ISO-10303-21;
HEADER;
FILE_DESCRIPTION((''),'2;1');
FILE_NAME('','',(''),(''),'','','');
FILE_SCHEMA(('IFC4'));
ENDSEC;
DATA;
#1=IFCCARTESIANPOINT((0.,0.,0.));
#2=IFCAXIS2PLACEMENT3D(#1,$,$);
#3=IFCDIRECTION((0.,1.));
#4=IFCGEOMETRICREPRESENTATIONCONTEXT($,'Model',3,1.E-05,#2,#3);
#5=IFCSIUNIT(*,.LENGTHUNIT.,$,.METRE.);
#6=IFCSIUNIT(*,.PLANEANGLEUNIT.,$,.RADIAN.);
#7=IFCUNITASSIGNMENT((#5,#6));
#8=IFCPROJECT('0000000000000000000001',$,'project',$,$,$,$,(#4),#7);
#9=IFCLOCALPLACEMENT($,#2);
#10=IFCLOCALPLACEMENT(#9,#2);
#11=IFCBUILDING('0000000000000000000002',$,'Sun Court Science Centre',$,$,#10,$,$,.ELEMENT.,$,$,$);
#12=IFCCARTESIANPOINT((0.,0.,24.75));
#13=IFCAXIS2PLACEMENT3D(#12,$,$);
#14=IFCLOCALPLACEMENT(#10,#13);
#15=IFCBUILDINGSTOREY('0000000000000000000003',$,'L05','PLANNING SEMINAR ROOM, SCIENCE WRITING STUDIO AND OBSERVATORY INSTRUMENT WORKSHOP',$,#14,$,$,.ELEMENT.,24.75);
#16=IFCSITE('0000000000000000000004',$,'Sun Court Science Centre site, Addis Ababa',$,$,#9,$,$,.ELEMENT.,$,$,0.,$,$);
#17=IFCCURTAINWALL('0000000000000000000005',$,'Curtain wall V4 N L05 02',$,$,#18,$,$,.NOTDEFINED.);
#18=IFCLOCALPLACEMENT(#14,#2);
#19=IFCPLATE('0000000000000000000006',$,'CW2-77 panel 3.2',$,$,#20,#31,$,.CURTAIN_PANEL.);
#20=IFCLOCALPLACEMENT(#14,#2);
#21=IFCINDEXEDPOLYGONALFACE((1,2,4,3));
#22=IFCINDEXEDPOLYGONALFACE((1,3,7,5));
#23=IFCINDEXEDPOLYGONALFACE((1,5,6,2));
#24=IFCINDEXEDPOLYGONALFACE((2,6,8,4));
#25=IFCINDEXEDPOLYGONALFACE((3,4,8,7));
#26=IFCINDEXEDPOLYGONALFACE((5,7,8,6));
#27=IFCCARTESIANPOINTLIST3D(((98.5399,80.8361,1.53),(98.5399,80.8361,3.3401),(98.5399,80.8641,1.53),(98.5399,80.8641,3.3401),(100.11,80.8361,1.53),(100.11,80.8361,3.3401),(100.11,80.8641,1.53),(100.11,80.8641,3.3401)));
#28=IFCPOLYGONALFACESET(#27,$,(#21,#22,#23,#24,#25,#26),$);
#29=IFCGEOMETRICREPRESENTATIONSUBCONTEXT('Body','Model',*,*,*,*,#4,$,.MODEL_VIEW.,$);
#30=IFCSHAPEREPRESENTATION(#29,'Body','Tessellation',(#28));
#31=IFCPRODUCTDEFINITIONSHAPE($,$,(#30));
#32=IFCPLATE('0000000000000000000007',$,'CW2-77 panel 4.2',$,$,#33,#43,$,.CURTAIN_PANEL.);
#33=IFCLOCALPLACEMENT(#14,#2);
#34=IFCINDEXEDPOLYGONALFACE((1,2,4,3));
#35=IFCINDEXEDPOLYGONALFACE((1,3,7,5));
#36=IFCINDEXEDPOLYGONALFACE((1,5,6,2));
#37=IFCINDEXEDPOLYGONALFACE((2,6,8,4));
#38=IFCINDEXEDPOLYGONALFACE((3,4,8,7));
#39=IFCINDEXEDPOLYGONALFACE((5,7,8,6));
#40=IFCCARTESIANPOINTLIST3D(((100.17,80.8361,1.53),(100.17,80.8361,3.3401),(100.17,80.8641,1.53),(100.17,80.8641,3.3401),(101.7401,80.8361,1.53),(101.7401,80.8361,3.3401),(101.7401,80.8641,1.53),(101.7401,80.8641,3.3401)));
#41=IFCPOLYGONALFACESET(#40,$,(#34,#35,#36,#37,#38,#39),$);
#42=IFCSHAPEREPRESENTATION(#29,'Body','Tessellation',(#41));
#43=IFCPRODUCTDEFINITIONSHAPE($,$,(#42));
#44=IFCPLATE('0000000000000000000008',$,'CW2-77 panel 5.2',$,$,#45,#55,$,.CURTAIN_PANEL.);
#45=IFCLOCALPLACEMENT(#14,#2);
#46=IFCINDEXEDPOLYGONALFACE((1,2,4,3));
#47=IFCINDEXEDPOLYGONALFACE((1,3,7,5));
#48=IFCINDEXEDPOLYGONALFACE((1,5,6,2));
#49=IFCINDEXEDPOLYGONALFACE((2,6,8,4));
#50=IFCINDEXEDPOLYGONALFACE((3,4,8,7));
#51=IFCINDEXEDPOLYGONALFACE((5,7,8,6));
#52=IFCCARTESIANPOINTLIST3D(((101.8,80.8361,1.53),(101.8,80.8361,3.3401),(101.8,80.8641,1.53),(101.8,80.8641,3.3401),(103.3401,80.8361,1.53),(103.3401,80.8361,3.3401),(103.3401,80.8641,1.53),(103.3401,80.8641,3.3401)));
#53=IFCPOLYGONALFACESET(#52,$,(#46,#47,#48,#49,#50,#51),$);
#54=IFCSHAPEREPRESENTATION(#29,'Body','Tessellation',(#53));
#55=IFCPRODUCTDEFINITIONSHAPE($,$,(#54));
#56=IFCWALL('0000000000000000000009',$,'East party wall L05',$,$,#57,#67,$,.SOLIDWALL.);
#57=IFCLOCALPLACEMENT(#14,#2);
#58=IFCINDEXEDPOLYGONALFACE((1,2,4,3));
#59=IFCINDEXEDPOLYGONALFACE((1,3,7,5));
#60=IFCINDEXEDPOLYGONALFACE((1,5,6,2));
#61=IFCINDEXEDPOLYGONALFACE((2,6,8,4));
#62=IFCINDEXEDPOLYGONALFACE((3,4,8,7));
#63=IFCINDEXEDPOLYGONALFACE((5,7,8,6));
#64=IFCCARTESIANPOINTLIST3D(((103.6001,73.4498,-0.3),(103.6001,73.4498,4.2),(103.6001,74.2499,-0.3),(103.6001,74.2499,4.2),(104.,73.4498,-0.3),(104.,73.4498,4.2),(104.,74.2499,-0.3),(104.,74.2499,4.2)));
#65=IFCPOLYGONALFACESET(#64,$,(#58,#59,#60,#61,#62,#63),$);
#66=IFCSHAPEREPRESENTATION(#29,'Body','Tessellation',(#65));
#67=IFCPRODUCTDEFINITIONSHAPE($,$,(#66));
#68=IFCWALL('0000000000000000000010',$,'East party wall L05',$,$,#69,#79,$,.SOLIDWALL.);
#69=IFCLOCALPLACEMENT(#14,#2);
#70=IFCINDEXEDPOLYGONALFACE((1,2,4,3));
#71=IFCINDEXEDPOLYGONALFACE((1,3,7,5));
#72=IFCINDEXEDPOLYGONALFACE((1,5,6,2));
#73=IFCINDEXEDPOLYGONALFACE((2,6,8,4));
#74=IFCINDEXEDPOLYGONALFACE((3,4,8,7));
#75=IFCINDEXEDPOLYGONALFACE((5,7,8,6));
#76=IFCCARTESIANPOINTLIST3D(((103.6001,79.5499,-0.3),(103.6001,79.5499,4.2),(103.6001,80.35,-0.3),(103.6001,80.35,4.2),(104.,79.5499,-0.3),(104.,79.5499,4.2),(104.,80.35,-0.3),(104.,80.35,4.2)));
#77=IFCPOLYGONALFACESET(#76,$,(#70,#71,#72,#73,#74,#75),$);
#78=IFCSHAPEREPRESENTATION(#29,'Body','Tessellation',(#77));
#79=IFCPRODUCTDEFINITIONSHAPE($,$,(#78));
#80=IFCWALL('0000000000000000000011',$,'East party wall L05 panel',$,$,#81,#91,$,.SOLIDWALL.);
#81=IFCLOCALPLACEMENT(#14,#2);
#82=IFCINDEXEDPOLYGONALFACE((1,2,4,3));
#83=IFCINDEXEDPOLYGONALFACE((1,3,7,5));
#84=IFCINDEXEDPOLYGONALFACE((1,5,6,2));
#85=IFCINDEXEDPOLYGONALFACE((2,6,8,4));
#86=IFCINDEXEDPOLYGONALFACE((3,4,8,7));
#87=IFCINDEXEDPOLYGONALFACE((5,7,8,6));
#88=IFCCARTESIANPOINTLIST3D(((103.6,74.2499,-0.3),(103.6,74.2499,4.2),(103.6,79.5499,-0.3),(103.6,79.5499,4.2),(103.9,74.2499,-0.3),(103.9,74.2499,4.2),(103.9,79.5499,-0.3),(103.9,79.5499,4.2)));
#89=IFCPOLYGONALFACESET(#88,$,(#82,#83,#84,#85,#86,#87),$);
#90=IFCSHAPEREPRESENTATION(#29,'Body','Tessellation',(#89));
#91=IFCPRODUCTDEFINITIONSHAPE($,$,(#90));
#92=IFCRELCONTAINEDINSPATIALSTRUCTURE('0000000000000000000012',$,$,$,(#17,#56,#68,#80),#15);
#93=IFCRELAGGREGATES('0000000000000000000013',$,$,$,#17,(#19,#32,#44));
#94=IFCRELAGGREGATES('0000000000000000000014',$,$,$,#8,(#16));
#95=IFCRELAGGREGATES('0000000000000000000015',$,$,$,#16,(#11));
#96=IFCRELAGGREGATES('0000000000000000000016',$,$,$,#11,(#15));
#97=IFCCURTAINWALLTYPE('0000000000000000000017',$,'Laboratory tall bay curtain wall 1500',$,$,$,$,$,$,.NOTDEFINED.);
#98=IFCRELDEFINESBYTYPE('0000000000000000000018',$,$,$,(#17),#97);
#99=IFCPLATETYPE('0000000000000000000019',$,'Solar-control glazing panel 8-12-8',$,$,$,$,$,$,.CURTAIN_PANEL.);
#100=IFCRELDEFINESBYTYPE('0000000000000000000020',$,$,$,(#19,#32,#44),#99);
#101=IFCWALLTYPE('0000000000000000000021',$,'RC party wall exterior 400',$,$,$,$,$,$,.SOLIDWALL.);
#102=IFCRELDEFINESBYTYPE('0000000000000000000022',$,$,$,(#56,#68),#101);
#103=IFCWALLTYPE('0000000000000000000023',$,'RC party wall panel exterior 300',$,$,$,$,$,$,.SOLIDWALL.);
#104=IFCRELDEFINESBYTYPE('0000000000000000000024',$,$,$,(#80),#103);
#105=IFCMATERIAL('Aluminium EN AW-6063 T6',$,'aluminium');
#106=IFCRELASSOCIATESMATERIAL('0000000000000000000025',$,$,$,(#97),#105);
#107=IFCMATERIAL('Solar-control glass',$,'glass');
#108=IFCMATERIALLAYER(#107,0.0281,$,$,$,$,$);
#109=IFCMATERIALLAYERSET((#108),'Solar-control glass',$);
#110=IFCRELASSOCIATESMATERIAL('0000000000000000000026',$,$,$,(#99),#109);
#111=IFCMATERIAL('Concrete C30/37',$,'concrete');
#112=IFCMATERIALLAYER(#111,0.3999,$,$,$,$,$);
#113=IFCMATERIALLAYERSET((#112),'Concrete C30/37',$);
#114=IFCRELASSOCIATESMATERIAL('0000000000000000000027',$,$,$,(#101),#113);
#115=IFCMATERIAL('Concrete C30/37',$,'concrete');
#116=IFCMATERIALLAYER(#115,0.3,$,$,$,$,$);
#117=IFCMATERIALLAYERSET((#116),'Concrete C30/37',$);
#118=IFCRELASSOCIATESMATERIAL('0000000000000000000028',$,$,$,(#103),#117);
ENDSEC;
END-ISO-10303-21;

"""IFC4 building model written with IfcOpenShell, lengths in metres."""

from ifc_helpers import new_model, si_unit, direction, frame, frame_2d, origin, origin_2d, place, context, subcontext, project, spatial, rectangle, extrude, material, layer, layer_set, type_object, element, aggregate, save


model = new_model("IFC4")

# Units and contexts
model_context = context("Model", 3, precision=1e-05, world=origin(), true_north=direction((0.0, 1.0)))
body_context = subcontext(model_context, "Body", "Model", "MODEL_VIEW")
ifc_project = project(units=[si_unit("LENGTHUNIT", "METRE"), si_unit("PLANEANGLEUNIT", "RADIAN")], contexts=[model_context])

# Site, building, storey
site_placement = place(None, origin())
site = spatial("IfcSite", under=ifc_project, at=site_placement, Name="Sun Court Science Centre site, Addis Ababa", CompositionType="ELEMENT", RefElevation=0.0)
building_placement = place(site_placement, origin())
building = spatial("IfcBuilding", under=site, at=building_placement, Name="Sun Court Science Centre", CompositionType="ELEMENT")
storey_placement = place(building_placement, frame((0.0, 0.0, 24.75)))
storey = spatial("IfcBuildingStorey", under=building, at=storey_placement, Name="L05", Description="PLANNING SEMINAR ROOM, SCIENCE WRITING STUDIO AND OBSERVATORY INSTRUMENT WORKSHOP", CompositionType="ELEMENT", Elevation=24.75)

# Curtain wall
ifc_material_1 = material(Name="Aluminium EN AW-6063 T6", Category="aluminium")
curtain_wall_type = type_object("IfcCurtainWallType", Name="Laboratory tall bay curtain wall 1500", PredefinedType="NOTDEFINED", material=ifc_material_1)
curtain_wall_placement = place(storey_placement, origin())
curtain_wall = element("IfcCurtainWall", 1, at=curtain_wall_placement, inside=storey, type_object=curtain_wall_type, Name="Curtain wall V4 N L05 02", PredefinedType="NOTDEFINED")

# Plates
ifc_material_2 = material(Name="Solar-control glass", Category="glass")
ifc_layer_1 = layer(ifc_material_2, 0.0281)
ifc_layer_set_1 = layer_set([ifc_layer_1], Name="Solar-control glass")
plate_type = type_object("IfcPlateType", Name="Solar-control glazing panel 8-12-8", PredefinedType="CURTAIN_PANEL", material=ifc_layer_set_1)
plate_1_placement = place(storey_placement, frame((99.325, 80.8501, 1.53), z_axis=(0.0, 0.0, 1.0), x_axis=(1.0, 0.0, 0.0)))
plate_1 = element("IfcPlate", 2, at=plate_1_placement, type_object=plate_type, Name="CW2-77 panel 3.2", PredefinedType="CURTAIN_PANEL", context=body_context, shape_type="SweptSolid", body=[
    extrude(rectangle(XDim=1.5701, YDim=0.0281, at=origin_2d()), origin(), (0.0, 0.0, 1.0), 1.8101),
])
plate_2_placement = place(storey_placement, frame((100.9551, 80.8501, 1.53), z_axis=(0.0, 0.0, 1.0), x_axis=(1.0, 0.0, 0.0)))
plate_2 = element("IfcPlate", 3, at=plate_2_placement, type_object=plate_type, Name="CW2-77 panel 4.2", PredefinedType="CURTAIN_PANEL", context=body_context, shape_type="SweptSolid", body=[
    extrude(rectangle(XDim=1.5701, YDim=0.0281, at=origin_2d()), origin(), (0.0, 0.0, 1.0), 1.8101),
])
plate_3_placement = place(storey_placement, frame((102.5701, 80.8501, 1.53), z_axis=(0.0, 0.0, 1.0), x_axis=(1.0, 0.0, 0.0)))
plate_3 = element("IfcPlate", 4, at=plate_3_placement, type_object=plate_type, Name="CW2-77 panel 5.2", PredefinedType="CURTAIN_PANEL", context=body_context, shape_type="SweptSolid", body=[
    extrude(rectangle(XDim=1.54, YDim=0.0281, at=origin_2d()), origin(), (0.0, 0.0, 1.0), 1.8101),
])
aggregate(curtain_wall, [plate_1, plate_2, plate_3])

# Walls
ifc_material_3 = material(Name="Concrete C30/37", Category="concrete")
ifc_layer_2 = layer(ifc_material_3, 0.3999)
ifc_layer_set_2 = layer_set([ifc_layer_2], Name="Concrete C30/37")
wall_type_1 = type_object("IfcWallType", Name="RC party wall exterior 400", PredefinedType="SOLIDWALL", material=ifc_layer_set_2)
for number, where, z_axis, x_axis, name in (
    (5, (103.8, 73.45, -0.3), (0.0, 0.0, 1.0), (0.0, 1.0, 0.0), "East party wall L05"),
    (6, (103.8, 79.55, -0.3), (0.0, 0.0, 1.0), (0.0, 1.0, 0.0), "East party wall L05"),
):
    element("IfcWall", number, at=place(storey_placement, frame(where, z_axis=z_axis, x_axis=x_axis)), inside=storey, type_object=wall_type_1, Name=name, PredefinedType="SOLIDWALL", context=body_context, shape_type="SweptSolid", body=[
        extrude(rectangle(XDim=0.8, YDim=0.3999, at=frame_2d((0.3999, 0.0))), origin(), (0.0, 0.0, 1.0), 4.5),
    ])
ifc_material_4 = material(Name="Concrete C30/37", Category="concrete")
ifc_layer_3 = layer(ifc_material_4, 0.3)
ifc_layer_set_3 = layer_set([ifc_layer_3], Name="Concrete C30/37")
wall_type_2 = type_object("IfcWallType", Name="RC party wall panel exterior 300", PredefinedType="SOLIDWALL", material=ifc_layer_set_3)
wall_placement = place(storey_placement, frame((103.75, 74.25, -0.3), z_axis=(0.0, 0.0, 1.0), x_axis=(0.0, 1.0, 0.0)))
element("IfcWall", 7, at=wall_placement, inside=storey, type_object=wall_type_2, Name="East party wall L05 panel", PredefinedType="SOLIDWALL", context=body_context, shape_type="SweptSolid", body=[
    extrude(rectangle(XDim=5.3, YDim=0.3, at=frame_2d((2.6499, 0.0))), origin(), (0.0, 0.0, 1.0), 4.5),
])

save(model, "model.ifc")
